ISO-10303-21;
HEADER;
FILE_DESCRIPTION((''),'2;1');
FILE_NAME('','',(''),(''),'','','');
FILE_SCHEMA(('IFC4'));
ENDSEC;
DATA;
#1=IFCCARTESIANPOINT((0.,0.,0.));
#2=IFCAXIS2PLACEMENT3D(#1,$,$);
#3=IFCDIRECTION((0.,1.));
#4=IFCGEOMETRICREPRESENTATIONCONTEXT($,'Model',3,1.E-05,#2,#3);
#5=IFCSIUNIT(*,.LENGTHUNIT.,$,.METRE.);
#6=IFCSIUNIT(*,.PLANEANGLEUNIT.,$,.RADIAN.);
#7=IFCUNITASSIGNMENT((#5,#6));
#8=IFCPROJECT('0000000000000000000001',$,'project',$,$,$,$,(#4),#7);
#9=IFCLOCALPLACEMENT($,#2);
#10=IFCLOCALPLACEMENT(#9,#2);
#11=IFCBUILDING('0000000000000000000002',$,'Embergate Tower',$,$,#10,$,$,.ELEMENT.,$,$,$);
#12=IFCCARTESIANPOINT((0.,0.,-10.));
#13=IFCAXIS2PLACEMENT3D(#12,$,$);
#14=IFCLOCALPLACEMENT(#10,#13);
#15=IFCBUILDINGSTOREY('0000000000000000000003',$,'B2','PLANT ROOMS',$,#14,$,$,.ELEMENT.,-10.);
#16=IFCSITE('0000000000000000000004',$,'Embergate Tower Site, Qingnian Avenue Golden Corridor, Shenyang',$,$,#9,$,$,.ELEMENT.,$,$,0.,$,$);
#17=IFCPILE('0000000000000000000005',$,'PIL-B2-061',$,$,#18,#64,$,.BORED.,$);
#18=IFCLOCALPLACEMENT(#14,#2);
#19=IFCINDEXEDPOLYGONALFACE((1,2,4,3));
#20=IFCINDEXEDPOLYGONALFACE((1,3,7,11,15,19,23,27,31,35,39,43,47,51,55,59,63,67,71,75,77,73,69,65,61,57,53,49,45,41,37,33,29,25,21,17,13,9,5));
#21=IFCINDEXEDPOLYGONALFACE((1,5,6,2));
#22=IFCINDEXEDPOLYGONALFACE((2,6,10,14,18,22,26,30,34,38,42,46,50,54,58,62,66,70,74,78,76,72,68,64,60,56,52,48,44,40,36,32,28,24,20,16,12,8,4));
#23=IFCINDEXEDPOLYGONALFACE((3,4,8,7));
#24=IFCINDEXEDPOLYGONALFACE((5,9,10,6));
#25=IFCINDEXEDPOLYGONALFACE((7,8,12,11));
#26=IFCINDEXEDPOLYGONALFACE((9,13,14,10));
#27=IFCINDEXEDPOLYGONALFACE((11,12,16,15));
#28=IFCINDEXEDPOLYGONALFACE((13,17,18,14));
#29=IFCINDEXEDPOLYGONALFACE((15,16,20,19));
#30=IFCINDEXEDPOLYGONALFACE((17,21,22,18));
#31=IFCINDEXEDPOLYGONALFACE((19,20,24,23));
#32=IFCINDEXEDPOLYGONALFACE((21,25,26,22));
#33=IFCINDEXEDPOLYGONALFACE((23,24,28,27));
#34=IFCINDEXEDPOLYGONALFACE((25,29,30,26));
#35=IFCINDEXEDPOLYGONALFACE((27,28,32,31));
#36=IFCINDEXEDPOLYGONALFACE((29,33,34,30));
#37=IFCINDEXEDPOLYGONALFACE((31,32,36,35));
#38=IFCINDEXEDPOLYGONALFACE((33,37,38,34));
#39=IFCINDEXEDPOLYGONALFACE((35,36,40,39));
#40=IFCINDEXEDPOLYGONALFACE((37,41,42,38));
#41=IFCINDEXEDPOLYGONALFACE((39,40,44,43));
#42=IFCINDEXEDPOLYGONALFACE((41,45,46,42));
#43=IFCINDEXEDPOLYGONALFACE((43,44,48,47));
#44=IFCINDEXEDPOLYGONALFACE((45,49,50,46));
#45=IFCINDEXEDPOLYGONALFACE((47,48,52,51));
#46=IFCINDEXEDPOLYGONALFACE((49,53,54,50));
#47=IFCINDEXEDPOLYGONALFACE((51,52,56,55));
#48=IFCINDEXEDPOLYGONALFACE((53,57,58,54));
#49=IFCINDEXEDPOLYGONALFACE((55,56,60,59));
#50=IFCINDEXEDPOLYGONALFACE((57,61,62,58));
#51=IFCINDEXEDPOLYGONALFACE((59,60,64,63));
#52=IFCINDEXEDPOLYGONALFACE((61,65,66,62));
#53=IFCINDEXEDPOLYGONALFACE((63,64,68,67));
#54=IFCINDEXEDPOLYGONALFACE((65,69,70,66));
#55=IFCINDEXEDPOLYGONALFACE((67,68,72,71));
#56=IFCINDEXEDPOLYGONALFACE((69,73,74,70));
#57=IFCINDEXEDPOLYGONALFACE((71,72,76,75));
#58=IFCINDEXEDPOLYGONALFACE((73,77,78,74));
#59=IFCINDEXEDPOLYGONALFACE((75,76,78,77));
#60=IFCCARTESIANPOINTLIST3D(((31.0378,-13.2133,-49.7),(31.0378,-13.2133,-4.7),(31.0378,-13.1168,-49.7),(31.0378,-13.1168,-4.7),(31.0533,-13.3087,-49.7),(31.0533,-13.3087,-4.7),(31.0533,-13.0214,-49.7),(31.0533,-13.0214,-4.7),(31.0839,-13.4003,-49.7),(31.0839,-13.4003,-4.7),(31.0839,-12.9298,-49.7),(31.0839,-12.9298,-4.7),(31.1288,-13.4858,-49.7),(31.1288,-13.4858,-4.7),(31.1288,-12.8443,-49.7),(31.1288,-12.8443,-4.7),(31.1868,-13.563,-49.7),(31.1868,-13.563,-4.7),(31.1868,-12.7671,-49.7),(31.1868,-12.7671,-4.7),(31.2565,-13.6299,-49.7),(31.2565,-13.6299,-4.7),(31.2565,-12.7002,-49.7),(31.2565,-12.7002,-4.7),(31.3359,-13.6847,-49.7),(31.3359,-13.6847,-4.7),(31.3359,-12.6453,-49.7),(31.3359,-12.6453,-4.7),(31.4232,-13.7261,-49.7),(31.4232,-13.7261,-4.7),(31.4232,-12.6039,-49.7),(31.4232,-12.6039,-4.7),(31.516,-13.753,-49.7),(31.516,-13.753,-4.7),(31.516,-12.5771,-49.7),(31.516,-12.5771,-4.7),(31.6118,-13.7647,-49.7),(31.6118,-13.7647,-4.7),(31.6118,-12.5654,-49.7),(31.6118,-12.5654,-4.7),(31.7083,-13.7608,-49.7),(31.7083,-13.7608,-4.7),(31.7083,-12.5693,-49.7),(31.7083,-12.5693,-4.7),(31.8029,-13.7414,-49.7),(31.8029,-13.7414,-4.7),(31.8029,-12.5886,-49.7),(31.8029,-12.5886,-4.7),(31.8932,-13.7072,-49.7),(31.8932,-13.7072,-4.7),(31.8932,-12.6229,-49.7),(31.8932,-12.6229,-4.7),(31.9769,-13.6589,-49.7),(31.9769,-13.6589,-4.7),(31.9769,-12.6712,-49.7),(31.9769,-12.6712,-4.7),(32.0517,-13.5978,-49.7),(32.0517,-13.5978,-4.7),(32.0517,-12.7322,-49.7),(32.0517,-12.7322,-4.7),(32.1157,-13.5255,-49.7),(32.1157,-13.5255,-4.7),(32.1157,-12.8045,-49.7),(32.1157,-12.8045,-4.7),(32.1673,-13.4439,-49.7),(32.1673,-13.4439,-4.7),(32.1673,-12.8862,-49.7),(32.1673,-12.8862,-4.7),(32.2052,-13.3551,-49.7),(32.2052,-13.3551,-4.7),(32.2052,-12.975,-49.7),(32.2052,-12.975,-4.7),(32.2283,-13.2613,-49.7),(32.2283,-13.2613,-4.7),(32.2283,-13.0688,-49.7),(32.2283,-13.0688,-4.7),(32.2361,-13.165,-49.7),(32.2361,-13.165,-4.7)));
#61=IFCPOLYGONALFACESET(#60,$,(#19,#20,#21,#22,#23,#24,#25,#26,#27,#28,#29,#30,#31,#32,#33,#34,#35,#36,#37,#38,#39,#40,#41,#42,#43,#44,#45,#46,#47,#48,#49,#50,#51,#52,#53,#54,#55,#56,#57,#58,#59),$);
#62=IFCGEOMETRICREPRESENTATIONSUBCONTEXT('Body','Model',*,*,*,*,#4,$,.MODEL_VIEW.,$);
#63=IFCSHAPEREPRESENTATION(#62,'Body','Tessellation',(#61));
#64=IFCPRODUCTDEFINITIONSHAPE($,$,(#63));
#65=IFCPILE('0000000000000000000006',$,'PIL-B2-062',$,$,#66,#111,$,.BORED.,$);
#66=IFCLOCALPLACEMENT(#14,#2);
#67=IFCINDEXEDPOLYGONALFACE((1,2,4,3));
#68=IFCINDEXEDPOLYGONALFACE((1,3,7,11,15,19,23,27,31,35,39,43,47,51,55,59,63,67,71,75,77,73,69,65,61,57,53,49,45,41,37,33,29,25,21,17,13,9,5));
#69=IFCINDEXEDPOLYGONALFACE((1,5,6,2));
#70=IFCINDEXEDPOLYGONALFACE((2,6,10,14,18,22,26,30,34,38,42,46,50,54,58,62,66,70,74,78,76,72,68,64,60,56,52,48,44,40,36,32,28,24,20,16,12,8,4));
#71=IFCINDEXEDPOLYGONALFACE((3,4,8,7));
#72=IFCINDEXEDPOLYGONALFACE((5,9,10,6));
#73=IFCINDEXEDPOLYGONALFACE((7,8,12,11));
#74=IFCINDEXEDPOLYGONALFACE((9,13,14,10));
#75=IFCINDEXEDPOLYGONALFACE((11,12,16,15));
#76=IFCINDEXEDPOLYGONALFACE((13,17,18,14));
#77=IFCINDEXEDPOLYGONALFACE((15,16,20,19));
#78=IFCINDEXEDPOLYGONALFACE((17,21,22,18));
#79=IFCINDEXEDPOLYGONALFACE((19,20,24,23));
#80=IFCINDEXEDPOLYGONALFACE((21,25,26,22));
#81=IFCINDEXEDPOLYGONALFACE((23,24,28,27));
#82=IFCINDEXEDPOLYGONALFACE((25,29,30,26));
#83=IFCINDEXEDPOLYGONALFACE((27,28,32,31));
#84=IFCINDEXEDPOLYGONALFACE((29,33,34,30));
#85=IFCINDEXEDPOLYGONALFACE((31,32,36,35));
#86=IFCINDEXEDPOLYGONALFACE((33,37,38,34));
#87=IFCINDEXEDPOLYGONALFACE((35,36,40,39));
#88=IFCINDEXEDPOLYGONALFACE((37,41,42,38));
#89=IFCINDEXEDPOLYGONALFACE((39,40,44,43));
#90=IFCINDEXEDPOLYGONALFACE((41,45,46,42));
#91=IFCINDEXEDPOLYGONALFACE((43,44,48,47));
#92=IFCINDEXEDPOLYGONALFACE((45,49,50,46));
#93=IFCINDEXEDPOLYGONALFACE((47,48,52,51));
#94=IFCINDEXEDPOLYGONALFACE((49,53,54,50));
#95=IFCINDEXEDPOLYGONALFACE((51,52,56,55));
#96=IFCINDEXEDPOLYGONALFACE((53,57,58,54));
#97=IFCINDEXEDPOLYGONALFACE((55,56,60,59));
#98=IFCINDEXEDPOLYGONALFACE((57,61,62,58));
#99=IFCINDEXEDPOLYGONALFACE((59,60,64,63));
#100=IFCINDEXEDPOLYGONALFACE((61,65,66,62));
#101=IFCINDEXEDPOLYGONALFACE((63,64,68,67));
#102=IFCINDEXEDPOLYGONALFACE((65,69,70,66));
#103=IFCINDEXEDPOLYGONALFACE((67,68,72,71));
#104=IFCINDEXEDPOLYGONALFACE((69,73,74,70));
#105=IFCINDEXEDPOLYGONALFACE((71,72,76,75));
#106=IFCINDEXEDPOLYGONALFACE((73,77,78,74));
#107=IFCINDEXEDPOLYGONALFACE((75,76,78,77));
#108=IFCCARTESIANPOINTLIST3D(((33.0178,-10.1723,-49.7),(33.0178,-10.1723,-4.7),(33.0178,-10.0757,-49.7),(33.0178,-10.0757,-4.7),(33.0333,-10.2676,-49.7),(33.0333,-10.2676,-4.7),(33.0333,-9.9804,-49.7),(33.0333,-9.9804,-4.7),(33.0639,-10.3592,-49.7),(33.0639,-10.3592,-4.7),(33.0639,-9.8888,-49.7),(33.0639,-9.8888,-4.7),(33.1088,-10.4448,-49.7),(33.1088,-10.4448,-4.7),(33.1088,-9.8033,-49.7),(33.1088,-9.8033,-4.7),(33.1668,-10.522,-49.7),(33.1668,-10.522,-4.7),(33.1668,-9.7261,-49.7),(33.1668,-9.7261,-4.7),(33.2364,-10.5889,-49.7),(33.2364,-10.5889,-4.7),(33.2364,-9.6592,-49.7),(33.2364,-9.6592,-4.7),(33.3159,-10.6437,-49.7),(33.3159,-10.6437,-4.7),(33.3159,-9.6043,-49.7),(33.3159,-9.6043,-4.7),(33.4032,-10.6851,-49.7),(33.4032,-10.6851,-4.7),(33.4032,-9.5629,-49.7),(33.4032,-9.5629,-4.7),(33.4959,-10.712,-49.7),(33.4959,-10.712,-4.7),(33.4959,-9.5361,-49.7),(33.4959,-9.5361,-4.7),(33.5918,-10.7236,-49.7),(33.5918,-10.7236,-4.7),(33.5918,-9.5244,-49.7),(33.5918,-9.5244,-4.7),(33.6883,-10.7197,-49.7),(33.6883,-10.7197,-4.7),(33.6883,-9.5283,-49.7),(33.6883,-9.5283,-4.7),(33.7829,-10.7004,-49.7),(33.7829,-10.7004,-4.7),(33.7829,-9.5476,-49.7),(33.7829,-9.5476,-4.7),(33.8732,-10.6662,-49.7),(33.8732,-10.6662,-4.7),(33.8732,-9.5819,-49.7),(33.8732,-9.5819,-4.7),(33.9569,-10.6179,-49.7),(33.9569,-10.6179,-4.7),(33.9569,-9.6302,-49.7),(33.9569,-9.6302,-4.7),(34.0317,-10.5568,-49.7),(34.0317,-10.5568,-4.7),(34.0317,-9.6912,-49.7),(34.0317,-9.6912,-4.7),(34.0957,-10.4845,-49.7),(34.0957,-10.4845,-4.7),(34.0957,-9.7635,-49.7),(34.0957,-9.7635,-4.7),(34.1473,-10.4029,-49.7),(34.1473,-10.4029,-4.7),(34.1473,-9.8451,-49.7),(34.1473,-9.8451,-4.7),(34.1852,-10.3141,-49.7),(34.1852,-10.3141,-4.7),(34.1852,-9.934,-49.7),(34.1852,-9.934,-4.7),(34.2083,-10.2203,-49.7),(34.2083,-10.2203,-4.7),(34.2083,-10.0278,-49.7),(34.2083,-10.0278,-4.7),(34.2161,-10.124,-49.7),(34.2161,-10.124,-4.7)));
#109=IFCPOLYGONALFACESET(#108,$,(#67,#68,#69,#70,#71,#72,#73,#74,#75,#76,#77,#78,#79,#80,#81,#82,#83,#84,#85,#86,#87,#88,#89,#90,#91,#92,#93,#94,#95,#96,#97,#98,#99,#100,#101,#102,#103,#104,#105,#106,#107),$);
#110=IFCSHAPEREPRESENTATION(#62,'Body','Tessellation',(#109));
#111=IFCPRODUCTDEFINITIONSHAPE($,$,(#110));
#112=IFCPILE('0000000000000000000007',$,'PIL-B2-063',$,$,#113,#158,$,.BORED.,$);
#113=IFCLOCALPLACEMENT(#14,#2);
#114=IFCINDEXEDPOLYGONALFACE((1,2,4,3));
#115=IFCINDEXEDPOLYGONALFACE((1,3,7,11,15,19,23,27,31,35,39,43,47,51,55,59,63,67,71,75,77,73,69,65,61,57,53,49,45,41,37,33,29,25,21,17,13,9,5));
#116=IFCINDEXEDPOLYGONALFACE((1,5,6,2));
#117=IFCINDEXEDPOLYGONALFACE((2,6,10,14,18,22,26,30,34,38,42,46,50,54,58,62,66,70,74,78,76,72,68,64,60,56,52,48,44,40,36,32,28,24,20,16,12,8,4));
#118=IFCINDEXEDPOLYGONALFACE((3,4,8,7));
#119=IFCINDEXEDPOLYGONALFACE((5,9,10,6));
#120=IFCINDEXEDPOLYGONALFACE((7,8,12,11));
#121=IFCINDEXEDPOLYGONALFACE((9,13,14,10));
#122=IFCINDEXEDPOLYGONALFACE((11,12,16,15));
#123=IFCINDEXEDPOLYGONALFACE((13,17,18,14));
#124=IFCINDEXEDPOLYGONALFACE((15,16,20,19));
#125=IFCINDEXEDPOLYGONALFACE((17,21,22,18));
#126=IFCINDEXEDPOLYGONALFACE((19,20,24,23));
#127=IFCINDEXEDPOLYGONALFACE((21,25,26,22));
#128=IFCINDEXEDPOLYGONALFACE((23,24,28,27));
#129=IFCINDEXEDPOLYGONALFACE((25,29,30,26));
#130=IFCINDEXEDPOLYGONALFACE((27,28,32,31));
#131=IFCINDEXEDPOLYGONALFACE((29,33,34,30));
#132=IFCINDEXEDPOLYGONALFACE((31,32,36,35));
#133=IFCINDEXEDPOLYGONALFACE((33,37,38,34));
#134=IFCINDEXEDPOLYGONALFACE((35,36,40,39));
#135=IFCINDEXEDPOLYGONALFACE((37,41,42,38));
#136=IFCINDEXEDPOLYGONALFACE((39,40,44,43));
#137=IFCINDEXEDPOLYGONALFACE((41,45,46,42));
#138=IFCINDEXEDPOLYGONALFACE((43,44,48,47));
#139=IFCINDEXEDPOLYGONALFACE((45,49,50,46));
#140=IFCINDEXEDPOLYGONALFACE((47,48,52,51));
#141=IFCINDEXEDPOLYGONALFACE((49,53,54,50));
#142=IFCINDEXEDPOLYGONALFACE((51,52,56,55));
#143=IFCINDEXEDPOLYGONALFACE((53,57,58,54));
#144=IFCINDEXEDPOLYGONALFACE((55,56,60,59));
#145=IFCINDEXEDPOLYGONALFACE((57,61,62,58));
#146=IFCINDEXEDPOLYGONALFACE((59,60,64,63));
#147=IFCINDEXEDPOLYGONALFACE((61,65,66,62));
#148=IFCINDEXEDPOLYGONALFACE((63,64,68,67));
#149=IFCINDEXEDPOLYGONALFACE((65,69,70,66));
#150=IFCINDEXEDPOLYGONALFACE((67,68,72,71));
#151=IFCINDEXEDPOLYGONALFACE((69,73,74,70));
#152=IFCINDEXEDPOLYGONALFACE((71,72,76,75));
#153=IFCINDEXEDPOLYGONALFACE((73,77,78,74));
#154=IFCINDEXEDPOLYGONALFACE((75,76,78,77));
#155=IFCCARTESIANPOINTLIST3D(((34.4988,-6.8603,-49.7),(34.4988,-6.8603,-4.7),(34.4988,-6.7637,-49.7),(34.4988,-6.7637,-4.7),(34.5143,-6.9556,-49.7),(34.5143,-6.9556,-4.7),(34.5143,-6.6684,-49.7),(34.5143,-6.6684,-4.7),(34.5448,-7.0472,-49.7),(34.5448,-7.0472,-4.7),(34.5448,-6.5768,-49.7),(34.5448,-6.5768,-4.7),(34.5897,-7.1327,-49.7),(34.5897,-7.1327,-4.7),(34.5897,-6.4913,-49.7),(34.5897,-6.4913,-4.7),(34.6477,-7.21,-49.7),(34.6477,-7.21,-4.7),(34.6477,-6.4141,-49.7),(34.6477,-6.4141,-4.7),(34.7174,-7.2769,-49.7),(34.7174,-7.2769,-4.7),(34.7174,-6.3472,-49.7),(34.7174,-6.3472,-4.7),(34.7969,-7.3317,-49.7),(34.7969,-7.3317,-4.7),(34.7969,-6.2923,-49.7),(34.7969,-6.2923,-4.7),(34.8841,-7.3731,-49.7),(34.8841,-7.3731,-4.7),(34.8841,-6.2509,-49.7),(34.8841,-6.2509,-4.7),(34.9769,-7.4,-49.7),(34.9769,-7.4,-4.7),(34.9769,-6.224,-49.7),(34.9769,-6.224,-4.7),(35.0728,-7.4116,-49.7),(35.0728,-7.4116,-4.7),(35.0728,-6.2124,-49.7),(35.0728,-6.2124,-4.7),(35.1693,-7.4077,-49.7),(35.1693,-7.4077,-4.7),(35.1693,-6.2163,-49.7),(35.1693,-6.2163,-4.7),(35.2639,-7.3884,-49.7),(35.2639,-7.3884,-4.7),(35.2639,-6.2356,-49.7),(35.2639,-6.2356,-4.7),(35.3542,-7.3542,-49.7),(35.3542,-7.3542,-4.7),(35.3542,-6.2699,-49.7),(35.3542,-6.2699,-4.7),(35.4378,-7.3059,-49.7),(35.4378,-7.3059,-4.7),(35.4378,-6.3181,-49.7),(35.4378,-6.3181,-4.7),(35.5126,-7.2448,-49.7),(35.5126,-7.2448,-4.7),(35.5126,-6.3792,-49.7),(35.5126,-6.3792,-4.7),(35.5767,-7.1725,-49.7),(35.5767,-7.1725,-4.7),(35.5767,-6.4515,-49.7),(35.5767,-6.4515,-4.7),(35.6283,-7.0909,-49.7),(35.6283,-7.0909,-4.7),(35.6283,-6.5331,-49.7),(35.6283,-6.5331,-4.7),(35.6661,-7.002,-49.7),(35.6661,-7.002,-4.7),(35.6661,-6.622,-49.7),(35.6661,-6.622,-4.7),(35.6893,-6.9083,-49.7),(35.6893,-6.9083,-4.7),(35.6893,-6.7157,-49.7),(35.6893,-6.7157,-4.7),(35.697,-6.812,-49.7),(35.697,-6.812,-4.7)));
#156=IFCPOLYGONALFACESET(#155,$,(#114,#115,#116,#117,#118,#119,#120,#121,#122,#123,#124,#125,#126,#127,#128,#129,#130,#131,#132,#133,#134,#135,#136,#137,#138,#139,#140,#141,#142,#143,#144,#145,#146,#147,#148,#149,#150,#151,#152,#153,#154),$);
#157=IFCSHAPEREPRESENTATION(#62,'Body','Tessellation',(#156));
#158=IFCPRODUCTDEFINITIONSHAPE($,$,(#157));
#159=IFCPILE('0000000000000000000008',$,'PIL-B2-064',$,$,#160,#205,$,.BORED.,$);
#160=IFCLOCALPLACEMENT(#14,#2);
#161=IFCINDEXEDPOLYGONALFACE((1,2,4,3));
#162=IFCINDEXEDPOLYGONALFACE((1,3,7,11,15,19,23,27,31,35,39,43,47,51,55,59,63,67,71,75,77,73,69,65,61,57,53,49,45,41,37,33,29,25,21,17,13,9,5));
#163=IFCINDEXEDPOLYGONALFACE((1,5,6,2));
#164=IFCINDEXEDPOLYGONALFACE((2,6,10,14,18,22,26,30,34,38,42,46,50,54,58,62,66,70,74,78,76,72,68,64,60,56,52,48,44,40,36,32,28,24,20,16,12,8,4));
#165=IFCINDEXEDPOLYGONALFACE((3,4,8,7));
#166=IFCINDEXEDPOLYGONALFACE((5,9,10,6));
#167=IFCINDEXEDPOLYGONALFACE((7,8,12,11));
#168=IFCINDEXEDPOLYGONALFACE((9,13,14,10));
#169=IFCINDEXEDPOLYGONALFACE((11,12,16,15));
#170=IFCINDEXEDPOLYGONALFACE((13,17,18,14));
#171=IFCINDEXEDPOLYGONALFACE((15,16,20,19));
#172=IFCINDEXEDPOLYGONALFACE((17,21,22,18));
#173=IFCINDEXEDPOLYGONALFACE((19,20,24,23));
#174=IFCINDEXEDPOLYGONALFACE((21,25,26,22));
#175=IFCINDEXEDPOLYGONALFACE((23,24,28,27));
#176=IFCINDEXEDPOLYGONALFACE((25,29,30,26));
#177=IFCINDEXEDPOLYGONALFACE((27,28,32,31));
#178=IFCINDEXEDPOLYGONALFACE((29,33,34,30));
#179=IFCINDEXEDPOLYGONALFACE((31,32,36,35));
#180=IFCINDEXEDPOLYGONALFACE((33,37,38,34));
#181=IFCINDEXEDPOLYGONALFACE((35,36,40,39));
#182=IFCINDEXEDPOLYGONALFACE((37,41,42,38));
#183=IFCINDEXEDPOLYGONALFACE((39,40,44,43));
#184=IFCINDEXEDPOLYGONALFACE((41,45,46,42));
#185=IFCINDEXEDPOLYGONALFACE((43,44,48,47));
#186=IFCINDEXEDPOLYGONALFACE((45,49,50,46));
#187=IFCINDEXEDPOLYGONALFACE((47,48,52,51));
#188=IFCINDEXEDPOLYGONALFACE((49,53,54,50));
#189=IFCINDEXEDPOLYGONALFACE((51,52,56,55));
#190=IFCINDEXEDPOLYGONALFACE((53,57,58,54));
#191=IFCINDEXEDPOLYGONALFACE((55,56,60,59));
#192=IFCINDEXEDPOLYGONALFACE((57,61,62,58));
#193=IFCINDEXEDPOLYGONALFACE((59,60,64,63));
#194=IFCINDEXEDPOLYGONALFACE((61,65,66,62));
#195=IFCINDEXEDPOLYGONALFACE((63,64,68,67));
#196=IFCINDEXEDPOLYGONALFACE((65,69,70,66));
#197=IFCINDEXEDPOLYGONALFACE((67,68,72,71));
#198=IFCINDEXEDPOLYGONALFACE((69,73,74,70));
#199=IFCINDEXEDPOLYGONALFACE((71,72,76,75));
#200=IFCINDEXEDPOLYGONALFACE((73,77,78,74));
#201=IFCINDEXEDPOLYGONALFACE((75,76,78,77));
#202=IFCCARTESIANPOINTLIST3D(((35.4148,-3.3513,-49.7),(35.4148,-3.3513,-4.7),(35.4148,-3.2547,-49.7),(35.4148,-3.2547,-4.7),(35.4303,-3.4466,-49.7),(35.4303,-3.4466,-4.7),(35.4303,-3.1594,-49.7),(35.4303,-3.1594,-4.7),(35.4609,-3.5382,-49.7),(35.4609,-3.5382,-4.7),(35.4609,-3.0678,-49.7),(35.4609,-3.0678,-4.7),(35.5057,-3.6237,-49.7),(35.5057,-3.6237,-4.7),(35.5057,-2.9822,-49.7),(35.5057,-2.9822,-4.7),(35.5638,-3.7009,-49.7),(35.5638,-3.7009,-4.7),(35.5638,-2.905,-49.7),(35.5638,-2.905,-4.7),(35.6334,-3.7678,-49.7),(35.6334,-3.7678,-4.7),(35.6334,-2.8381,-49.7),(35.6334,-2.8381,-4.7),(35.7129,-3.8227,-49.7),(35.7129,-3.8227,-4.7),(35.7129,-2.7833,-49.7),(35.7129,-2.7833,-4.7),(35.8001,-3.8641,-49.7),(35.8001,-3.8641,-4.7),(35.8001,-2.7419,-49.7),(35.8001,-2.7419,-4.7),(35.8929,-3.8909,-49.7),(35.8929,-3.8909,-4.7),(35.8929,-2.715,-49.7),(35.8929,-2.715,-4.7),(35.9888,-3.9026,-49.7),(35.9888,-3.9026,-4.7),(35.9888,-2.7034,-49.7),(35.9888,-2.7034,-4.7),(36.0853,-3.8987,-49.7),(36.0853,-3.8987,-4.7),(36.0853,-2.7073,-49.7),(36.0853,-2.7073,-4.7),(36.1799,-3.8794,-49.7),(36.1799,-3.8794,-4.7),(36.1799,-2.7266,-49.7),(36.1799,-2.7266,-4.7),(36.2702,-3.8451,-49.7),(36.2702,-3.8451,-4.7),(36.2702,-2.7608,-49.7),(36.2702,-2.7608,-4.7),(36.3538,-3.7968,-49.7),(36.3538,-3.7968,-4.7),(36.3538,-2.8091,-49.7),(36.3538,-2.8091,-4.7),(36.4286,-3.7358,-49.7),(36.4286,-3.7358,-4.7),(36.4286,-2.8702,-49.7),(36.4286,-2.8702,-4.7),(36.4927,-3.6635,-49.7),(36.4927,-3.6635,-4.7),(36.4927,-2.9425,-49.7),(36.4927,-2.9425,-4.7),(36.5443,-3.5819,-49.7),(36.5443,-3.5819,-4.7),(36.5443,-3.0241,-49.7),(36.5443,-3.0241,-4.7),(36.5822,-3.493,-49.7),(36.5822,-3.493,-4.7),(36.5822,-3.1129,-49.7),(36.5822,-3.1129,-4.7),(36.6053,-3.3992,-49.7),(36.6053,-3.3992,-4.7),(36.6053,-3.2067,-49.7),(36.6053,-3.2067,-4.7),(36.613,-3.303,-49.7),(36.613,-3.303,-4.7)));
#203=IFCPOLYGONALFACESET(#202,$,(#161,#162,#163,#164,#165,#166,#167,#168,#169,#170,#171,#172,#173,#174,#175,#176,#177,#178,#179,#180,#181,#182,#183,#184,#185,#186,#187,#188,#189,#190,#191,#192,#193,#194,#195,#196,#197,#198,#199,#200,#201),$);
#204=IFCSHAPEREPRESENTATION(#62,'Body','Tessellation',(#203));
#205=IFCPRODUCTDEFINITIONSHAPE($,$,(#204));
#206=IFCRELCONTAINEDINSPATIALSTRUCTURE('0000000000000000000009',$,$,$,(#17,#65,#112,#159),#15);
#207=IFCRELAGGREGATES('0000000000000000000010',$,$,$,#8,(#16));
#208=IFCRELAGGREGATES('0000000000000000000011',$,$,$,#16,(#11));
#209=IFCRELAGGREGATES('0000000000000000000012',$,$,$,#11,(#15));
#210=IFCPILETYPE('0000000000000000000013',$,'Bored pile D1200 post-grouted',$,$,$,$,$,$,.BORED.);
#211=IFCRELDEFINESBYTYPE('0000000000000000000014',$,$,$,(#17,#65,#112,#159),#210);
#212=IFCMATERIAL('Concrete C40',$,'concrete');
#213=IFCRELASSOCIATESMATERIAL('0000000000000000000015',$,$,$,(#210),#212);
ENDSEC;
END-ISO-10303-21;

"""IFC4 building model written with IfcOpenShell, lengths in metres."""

from ifc_helpers import new_model, si_unit, direction, frame, origin, origin_2d, place, context, subcontext, project, spatial, circle, extrude, source, transform, mapped, material, material_profile, profile_set, type_object, element, save


model = new_model("IFC4")

# Units and contexts
model_context = context("Model", 3, precision=1e-05, world=origin(), true_north=direction((0.0, 1.0)))
body_context = subcontext(model_context, "Body", "Model", "MODEL_VIEW")
ifc_project = project(units=[si_unit("LENGTHUNIT", "METRE"), si_unit("PLANEANGLEUNIT", "RADIAN")], contexts=[model_context])

# Site, building, storey
site_placement = place(None, origin())
site = spatial("IfcSite", under=ifc_project, at=site_placement, Name="Embergate Tower Site, Qingnian Avenue Golden Corridor, Shenyang", CompositionType="ELEMENT", RefElevation=0.0)
building_placement = place(site_placement, origin())
building = spatial("IfcBuilding", under=site, at=building_placement, Name="Embergate Tower", CompositionType="ELEMENT")
storey_placement = place(building_placement, frame((0.0, 0.0, -10.0)))
storey = spatial("IfcBuildingStorey", under=building, at=storey_placement, Name="B2", Description="PLANT ROOMS", CompositionType="ELEMENT", Elevation=-10.0)

# Piles
ifc_material_1 = material(Name="Concrete C40", Category="concrete")
ifc_material_profile_1 = material_profile(ifc_material_1, circle(Radius=0.6001, at=origin_2d()), Name="D1200")
ifc_profile_set_1 = profile_set([ifc_material_profile_1], Name="Concrete C40")
pile_type = type_object("IfcPileType", Name="Bored pile D1200 post-grouted", PredefinedType="BORED", material=ifc_profile_set_1)
shared_shape_1 = source(origin(), body_context, "Body", "SweptSolid", [
    extrude(circle(Radius=0.6001, at=origin_2d()), origin(), (0.0, 0.0, 1.0), 45.0),
])
for number, where, z_axis, x_axis, name in (
    (1, (31.636, -13.165, -4.7), (0.0, 0.0, -1.0), (1.0, 0.0, 0.0), "PIL-B2-061"),
    (2, (33.616, -10.124, -4.7), (0.0, 0.0, -1.0), (1.0, 0.0, 0.0), "PIL-B2-062"),
    (3, (35.0969, -6.812, -4.7), (0.0, 0.0, -1.0), (1.0, 0.0, 0.0), "PIL-B2-063"),
    (4, (36.0129, -3.303, -4.7), (0.0, 0.0, -1.0), (1.0, 0.0, 0.0), "PIL-B2-064"),
):
    element("IfcPile", number, at=place(storey_placement, frame(where, z_axis=z_axis, x_axis=x_axis)), inside=storey, type_object=pile_type, Name=name, PredefinedType="BORED", context=body_context, shape_type="MappedRepresentation", body=[
        mapped(shared_shape_1, transform((0.0, 0.0, 0.0))),
    ])

save(model, "model.ifc")
